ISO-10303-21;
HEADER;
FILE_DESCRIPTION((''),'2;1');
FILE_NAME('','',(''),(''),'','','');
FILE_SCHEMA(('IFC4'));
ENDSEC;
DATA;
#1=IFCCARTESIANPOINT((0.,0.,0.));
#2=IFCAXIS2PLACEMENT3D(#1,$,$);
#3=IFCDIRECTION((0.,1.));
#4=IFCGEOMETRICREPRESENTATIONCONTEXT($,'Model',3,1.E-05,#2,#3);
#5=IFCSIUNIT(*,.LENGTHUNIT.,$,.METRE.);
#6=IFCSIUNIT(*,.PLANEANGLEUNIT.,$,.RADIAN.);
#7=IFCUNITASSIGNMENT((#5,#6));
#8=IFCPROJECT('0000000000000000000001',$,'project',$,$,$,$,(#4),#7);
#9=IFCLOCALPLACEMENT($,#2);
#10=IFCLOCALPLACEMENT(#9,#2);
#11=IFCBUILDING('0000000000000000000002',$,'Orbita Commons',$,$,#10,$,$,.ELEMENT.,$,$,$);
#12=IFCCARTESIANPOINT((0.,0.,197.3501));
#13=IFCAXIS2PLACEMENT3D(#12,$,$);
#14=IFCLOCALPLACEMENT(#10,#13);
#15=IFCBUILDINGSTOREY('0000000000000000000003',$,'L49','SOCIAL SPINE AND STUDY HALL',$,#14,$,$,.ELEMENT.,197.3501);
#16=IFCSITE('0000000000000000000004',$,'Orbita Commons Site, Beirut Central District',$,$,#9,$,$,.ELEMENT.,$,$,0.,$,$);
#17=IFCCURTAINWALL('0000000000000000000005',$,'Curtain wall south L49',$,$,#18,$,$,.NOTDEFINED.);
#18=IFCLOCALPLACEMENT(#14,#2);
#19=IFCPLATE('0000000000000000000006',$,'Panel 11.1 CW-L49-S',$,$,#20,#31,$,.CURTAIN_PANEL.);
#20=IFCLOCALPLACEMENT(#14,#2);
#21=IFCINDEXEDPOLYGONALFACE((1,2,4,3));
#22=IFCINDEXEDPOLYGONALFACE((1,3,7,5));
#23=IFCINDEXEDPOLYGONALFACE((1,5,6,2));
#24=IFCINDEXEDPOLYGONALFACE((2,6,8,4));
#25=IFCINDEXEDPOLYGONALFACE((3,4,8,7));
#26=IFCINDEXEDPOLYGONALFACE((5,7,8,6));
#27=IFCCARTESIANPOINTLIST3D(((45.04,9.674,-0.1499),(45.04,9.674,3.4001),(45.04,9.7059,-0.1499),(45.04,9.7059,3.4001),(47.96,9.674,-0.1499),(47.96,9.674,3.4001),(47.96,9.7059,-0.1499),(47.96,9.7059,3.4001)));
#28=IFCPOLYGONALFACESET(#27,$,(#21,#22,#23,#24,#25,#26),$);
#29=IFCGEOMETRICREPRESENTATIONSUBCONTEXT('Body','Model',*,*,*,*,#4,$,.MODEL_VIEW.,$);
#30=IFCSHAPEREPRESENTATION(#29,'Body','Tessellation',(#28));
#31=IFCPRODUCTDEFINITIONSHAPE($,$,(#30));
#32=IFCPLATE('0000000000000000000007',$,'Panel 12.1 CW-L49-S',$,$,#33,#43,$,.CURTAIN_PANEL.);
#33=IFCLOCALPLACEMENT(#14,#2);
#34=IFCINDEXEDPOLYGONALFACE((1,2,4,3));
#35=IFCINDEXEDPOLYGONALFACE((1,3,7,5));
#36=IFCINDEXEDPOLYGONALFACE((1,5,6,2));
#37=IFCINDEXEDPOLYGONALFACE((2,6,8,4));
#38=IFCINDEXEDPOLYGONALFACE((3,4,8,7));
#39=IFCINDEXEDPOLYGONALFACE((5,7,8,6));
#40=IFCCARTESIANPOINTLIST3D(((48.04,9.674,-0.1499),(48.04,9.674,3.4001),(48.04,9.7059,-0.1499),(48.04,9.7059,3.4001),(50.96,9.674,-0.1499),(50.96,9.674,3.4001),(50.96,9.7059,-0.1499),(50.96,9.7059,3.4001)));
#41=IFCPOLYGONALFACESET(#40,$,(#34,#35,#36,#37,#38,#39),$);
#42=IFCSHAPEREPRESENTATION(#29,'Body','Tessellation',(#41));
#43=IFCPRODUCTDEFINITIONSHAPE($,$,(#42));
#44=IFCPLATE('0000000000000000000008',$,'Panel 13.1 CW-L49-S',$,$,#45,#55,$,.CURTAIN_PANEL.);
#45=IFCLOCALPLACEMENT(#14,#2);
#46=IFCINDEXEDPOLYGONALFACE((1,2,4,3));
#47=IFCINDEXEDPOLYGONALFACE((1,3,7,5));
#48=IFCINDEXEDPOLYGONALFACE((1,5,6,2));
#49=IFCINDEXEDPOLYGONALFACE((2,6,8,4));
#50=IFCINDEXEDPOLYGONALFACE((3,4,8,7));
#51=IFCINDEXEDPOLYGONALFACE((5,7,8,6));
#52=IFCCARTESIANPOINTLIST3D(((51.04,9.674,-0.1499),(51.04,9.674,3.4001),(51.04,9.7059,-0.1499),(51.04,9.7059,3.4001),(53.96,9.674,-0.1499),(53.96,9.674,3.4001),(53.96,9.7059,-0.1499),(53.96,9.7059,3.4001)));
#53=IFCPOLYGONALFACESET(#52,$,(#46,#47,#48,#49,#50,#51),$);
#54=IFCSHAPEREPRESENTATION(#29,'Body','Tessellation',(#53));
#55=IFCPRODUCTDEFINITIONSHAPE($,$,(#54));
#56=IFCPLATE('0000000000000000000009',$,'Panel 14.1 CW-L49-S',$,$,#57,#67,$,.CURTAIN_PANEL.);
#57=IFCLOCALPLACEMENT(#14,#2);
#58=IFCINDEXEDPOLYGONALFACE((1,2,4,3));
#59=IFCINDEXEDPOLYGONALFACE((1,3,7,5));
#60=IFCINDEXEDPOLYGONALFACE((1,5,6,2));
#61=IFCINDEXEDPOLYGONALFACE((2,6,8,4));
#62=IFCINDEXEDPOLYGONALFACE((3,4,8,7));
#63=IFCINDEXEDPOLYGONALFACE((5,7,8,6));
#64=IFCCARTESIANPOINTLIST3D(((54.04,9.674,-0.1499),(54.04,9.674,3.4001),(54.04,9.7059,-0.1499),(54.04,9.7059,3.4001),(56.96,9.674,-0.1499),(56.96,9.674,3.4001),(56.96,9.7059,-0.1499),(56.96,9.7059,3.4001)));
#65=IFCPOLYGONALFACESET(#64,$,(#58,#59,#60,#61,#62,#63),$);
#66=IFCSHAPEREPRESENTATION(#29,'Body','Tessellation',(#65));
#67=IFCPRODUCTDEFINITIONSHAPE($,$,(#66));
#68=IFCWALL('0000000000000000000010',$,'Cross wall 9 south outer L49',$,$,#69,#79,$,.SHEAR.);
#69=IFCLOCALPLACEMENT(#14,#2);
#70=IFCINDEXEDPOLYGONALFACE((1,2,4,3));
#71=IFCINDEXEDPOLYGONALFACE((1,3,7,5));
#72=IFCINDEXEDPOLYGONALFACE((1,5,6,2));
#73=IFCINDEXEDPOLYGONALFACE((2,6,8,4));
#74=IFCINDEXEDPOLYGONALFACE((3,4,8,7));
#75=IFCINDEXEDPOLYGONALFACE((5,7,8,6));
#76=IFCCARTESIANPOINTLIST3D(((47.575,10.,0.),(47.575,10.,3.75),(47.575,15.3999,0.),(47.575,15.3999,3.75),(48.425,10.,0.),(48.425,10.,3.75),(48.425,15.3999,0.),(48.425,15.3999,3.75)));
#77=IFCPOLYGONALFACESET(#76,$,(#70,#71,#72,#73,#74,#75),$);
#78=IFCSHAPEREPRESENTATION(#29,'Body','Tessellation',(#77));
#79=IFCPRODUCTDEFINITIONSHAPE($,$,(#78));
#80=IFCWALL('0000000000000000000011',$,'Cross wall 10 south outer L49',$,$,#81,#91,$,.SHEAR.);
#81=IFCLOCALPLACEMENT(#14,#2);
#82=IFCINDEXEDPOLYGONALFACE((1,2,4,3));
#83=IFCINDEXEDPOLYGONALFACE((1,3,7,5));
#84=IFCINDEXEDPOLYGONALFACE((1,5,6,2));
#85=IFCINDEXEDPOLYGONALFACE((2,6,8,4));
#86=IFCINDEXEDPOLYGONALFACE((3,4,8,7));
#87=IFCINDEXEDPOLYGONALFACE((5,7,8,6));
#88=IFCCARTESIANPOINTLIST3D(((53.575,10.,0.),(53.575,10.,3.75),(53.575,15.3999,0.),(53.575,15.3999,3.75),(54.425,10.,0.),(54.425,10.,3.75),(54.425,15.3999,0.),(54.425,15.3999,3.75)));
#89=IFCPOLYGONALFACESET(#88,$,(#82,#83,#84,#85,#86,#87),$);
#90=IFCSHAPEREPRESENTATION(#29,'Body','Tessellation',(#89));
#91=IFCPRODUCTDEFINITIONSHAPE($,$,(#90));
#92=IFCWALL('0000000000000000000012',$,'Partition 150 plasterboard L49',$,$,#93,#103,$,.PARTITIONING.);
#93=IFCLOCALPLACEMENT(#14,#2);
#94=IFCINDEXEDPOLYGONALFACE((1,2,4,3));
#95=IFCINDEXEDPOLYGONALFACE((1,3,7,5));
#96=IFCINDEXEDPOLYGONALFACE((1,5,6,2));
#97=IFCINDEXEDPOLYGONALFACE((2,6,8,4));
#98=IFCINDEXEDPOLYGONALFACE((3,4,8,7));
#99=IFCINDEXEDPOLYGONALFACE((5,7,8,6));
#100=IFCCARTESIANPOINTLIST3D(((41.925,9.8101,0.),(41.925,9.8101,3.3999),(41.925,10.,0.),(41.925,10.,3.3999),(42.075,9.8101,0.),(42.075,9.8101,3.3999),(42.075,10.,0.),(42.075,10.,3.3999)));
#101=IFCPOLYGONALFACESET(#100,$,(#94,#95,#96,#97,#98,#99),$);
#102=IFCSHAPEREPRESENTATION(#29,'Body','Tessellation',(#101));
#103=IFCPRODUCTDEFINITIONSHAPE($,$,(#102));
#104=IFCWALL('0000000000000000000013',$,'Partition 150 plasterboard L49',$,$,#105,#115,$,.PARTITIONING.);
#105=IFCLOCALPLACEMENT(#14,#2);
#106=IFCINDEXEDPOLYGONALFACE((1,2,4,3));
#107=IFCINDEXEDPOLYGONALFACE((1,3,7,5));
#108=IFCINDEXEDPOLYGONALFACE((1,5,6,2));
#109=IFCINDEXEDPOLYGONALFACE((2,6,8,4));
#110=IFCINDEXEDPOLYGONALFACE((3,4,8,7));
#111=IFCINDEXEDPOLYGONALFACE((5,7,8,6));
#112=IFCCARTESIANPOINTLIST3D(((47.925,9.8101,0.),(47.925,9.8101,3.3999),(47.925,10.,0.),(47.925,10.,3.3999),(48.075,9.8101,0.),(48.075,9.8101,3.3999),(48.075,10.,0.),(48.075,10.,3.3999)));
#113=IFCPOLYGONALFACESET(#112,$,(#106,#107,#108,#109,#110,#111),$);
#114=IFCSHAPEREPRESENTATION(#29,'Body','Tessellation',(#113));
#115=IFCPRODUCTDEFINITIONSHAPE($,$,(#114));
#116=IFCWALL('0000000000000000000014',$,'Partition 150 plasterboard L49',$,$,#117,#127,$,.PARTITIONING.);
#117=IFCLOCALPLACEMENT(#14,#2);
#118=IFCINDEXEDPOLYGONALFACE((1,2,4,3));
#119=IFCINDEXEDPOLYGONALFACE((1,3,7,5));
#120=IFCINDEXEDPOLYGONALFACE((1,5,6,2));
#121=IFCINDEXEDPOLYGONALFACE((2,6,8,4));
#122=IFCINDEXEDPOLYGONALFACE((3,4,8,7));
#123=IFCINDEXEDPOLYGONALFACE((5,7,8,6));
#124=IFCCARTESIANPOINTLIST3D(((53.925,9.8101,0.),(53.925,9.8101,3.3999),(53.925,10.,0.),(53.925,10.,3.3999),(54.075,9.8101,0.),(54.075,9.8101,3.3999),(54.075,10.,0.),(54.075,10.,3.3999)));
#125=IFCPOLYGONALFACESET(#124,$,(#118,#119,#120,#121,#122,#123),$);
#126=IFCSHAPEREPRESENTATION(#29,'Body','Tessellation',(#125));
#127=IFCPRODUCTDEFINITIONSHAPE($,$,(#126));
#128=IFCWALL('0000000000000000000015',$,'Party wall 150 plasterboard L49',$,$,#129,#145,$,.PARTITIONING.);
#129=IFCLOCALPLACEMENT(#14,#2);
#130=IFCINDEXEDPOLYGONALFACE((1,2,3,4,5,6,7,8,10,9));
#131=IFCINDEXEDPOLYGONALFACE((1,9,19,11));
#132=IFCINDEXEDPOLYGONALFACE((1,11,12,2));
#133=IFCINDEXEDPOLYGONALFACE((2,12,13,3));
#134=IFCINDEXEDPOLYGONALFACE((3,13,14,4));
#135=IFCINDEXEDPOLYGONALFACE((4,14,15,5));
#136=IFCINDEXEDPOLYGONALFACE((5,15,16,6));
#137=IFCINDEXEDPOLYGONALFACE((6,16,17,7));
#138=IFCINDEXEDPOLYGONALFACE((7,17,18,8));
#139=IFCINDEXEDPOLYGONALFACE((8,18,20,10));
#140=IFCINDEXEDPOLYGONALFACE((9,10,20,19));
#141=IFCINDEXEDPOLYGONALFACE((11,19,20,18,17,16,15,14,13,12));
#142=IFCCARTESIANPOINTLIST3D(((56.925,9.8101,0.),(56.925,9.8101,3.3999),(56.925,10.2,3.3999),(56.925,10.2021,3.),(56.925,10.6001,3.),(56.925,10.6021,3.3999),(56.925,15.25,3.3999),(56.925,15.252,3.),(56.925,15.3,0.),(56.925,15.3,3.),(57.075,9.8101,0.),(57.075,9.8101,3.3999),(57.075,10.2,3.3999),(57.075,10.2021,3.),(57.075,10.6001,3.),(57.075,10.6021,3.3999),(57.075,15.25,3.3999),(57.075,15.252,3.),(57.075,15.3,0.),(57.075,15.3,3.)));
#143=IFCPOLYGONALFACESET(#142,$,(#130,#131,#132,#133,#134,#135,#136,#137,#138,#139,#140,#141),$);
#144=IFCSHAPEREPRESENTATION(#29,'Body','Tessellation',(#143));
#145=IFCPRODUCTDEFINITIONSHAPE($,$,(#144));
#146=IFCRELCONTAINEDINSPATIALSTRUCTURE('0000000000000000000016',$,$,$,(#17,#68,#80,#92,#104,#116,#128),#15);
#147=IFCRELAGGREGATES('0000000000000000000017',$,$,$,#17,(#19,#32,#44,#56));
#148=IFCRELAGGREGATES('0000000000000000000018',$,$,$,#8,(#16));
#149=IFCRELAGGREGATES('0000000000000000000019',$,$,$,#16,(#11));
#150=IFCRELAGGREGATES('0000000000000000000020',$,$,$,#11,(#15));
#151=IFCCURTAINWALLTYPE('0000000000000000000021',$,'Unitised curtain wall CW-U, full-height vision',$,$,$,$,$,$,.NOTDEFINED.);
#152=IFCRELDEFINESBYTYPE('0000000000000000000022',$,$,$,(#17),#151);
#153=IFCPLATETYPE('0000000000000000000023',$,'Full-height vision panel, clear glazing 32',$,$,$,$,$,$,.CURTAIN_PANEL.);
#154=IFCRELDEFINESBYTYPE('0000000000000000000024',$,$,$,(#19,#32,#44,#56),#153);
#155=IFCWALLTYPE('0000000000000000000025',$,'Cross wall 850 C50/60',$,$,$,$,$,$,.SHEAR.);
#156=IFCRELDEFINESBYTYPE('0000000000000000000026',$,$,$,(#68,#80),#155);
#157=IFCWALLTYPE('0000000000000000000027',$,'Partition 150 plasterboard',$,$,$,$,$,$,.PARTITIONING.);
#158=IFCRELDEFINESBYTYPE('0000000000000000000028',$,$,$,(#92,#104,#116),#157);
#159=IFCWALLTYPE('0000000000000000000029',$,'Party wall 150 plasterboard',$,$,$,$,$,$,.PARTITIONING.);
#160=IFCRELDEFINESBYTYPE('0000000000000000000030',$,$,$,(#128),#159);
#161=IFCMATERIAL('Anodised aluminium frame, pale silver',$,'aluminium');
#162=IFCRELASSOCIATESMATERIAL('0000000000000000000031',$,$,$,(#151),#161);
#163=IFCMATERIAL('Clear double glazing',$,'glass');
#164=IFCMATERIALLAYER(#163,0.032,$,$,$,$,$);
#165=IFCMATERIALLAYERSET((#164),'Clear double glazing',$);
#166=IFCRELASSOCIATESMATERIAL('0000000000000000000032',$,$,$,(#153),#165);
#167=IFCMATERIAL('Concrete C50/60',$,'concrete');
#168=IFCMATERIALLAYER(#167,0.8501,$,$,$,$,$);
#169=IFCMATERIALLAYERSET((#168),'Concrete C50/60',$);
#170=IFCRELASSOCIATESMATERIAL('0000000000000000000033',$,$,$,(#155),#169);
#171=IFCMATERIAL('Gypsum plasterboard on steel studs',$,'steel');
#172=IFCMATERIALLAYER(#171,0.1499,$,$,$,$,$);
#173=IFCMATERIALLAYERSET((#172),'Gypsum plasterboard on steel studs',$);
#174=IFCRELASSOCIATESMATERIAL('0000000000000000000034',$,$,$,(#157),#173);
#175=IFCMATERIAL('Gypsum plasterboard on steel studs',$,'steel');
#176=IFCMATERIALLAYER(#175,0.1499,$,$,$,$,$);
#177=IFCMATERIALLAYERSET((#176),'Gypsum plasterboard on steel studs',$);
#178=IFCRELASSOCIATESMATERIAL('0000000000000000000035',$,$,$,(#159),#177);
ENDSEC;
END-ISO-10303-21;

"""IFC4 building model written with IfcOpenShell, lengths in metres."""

from ifc_helpers import new_model, si_unit, direction, frame, frame_2d, origin, origin_2d, place, context, subcontext, project, spatial, polyline, rectangle, outline, extrude, material, layer, layer_set, type_object, element, aggregate, save


model = new_model("IFC4")

# Units and contexts
model_context = context("Model", 3, precision=1e-05, world=origin(), true_north=direction((0.0, 1.0)))
body_context = subcontext(model_context, "Body", "Model", "MODEL_VIEW")
ifc_project = project(units=[si_unit("LENGTHUNIT", "METRE"), si_unit("PLANEANGLEUNIT", "RADIAN")], contexts=[model_context])

# Site, building, storey
site_placement = place(None, origin())
site = spatial("IfcSite", under=ifc_project, at=site_placement, Name="Orbita Commons Site, Beirut Central District", CompositionType="ELEMENT", RefElevation=0.0)
building_placement = place(site_placement, origin())
building = spatial("IfcBuilding", under=site, at=building_placement, Name="Orbita Commons", CompositionType="ELEMENT")
storey_placement = place(building_placement, frame((0.0, 0.0, 197.3501)))
storey = spatial("IfcBuildingStorey", under=building, at=storey_placement, Name="L49", Description="SOCIAL SPINE AND STUDY HALL", CompositionType="ELEMENT", Elevation=197.3501)

# Curtain wall, plates
ifc_material_1 = material(Name="Anodised aluminium frame, pale silver", Category="aluminium")
curtain_wall_type = type_object("IfcCurtainWallType", Name="Unitised curtain wall CW-U, full-height vision", PredefinedType="NOTDEFINED", material=ifc_material_1)
curtain_wall_placement = place(storey_placement, origin())
curtain_wall = element("IfcCurtainWall", 1, at=curtain_wall_placement, inside=storey, type_object=curtain_wall_type, Name="Curtain wall south L49", PredefinedType="NOTDEFINED")
ifc_material_2 = material(Name="Clear double glazing", Category="glass")
ifc_layer_1 = layer(ifc_material_2, 0.032)
ifc_layer_set_1 = layer_set([ifc_layer_1], Name="Clear double glazing")
plate_type = type_object("IfcPlateType", Name="Full-height vision panel, clear glazing 32", PredefinedType="CURTAIN_PANEL", material=ifc_layer_set_1)
plate_1_placement = place(storey_placement, frame((46.5, 9.6899, -0.1499), z_axis=(0.0, 0.0, 1.0), x_axis=(1.0, 0.0, 0.0)))
plate_1 = element("IfcPlate", 2, at=plate_1_placement, type_object=plate_type, Name="Panel 11.1 CW-L49-S", PredefinedType="CURTAIN_PANEL", context=body_context, shape_type="SweptSolid", body=[
    extrude(rectangle(XDim=2.9199, YDim=0.032, at=origin_2d()), origin(), (0.0, 0.0, 1.0), 3.55),
])
plate_2_placement = place(storey_placement, frame((49.5, 9.6899, -0.1499), z_axis=(0.0, 0.0, 1.0), x_axis=(1.0, 0.0, 0.0)))
plate_2 = element("IfcPlate", 3, at=plate_2_placement, type_object=plate_type, Name="Panel 12.1 CW-L49-S", PredefinedType="CURTAIN_PANEL", context=body_context, shape_type="SweptSolid", body=[
    extrude(rectangle(XDim=2.9199, YDim=0.032, at=origin_2d()), origin(), (0.0, 0.0, 1.0), 3.55),
])
plate_3_placement = place(storey_placement, frame((52.5, 9.6899, -0.1499), z_axis=(0.0, 0.0, 1.0), x_axis=(1.0, 0.0, 0.0)))
plate_3 = element("IfcPlate", 4, at=plate_3_placement, type_object=plate_type, Name="Panel 13.1 CW-L49-S", PredefinedType="CURTAIN_PANEL", context=body_context, shape_type="SweptSolid", body=[
    extrude(rectangle(XDim=2.9199, YDim=0.032, at=origin_2d()), origin(), (0.0, 0.0, 1.0), 3.55),
])
plate_4_placement = place(storey_placement, frame((55.5, 9.6899, -0.1499), z_axis=(0.0, 0.0, 1.0), x_axis=(1.0, 0.0, 0.0)))
plate_4 = element("IfcPlate", 5, at=plate_4_placement, type_object=plate_type, Name="Panel 14.1 CW-L49-S", PredefinedType="CURTAIN_PANEL", context=body_context, shape_type="SweptSolid", body=[
    extrude(rectangle(XDim=2.9199, YDim=0.032, at=origin_2d()), origin(), (0.0, 0.0, 1.0), 3.55),
])
aggregate(curtain_wall, [plate_1, plate_2, plate_3, plate_4])

# Walls
ifc_material_3 = material(Name="Concrete C50/60", Category="concrete")
ifc_layer_2 = layer(ifc_material_3, 0.8501)
ifc_layer_set_2 = layer_set([ifc_layer_2], Name="Concrete C50/60")
wall_type_1 = type_object("IfcWallType", Name="Cross wall 850 C50/60", PredefinedType="SHEAR", material=ifc_layer_set_2)
for number, where, z_axis, x_axis, name in (
    (6, (48.0, 10.0, 0.0), (0.0, 0.0, 1.0), (0.0, 1.0, 0.0), "Cross wall 9 south outer L49"),
    (7, (54.0, 10.0, 0.0), (0.0, 0.0, 1.0), (0.0, 1.0, 0.0), "Cross wall 10 south outer L49"),
):
    element("IfcWall", number, at=place(storey_placement, frame(where, z_axis=z_axis, x_axis=x_axis)), inside=storey, type_object=wall_type_1, Name=name, PredefinedType="SHEAR", context=body_context, shape_type="SweptSolid", body=[
        extrude(rectangle(XDim=5.3999, YDim=0.8501, at=frame_2d((2.7, 0.0))), origin(), (0.0, 0.0, 1.0), 3.75),
    ])
ifc_material_4 = material(Name="Gypsum plasterboard on steel studs", Category="steel")
ifc_layer_3 = layer(ifc_material_4, 0.1499)
ifc_layer_set_3 = layer_set([ifc_layer_3], Name="Gypsum plasterboard on steel studs")
wall_type_2 = type_object("IfcWallType", Name="Partition 150 plasterboard", PredefinedType="PARTITIONING", material=ifc_layer_set_3)
for number, where, z_axis, x_axis, name in (
    (8, (42.0, 10.0, 0.0), (0.0, 0.0, 1.0), (0.0, -1.0, 0.0), "Partition 150 plasterboard L49"),
    (9, (48.0, 10.0, 0.0), (0.0, 0.0, 1.0), (0.0, -1.0, 0.0), "Partition 150 plasterboard L49"),
    (10, (54.0, 10.0, 0.0), (0.0, 0.0, 1.0), (0.0, -1.0, 0.0), "Partition 150 plasterboard L49"),
):
    element("IfcWall", number, at=place(storey_placement, frame(where, z_axis=z_axis, x_axis=x_axis)), inside=storey, type_object=wall_type_2, Name=name, PredefinedType="PARTITIONING", context=body_context, shape_type="SweptSolid", body=[
        extrude(rectangle(XDim=0.1899, YDim=0.1499, at=frame_2d((0.095, 0.0))), origin(), (0.0, 0.0, 1.0), 3.3999),
    ])
ifc_material_5 = material(Name="Gypsum plasterboard on steel studs", Category="steel")
ifc_layer_4 = layer(ifc_material_5, 0.1499)
ifc_layer_set_4 = layer_set([ifc_layer_4], Name="Gypsum plasterboard on steel studs")
wall_type_3 = type_object("IfcWallType", Name="Party wall 150 plasterboard", PredefinedType="PARTITIONING", material=ifc_layer_set_4)
wall_placement = place(storey_placement, frame((57.0, 9.8101, 0.0), z_axis=(0.0, 0.0, 1.0), x_axis=(0.0, 1.0, 0.0)))
element("IfcWall", 11, at=wall_placement, inside=storey, type_object=wall_type_3, Name="Party wall 150 plasterboard L49", PredefinedType="PARTITIONING", context=body_context, shape_type="SweptSolid", body=[
    extrude(outline(polyline([(0.0, 0.0), (5.49, 0.0), (5.49, 3.0), (5.4419, 3.0), (5.4399, 3.3999), (0.792, 3.3999), (0.79, 3.0), (0.3921, 3.0), (0.3899, 3.3999), (0.0, 3.3999), (0.0, 0.0)])), frame((0.0, 0.075, 0.0), z_axis=(0.0, -1.0, 0.0), x_axis=(1.0, 0.0, 0.0)), (0.0, 0.0, 1.0), 0.1499),
])

save(model, "model.ifc")
